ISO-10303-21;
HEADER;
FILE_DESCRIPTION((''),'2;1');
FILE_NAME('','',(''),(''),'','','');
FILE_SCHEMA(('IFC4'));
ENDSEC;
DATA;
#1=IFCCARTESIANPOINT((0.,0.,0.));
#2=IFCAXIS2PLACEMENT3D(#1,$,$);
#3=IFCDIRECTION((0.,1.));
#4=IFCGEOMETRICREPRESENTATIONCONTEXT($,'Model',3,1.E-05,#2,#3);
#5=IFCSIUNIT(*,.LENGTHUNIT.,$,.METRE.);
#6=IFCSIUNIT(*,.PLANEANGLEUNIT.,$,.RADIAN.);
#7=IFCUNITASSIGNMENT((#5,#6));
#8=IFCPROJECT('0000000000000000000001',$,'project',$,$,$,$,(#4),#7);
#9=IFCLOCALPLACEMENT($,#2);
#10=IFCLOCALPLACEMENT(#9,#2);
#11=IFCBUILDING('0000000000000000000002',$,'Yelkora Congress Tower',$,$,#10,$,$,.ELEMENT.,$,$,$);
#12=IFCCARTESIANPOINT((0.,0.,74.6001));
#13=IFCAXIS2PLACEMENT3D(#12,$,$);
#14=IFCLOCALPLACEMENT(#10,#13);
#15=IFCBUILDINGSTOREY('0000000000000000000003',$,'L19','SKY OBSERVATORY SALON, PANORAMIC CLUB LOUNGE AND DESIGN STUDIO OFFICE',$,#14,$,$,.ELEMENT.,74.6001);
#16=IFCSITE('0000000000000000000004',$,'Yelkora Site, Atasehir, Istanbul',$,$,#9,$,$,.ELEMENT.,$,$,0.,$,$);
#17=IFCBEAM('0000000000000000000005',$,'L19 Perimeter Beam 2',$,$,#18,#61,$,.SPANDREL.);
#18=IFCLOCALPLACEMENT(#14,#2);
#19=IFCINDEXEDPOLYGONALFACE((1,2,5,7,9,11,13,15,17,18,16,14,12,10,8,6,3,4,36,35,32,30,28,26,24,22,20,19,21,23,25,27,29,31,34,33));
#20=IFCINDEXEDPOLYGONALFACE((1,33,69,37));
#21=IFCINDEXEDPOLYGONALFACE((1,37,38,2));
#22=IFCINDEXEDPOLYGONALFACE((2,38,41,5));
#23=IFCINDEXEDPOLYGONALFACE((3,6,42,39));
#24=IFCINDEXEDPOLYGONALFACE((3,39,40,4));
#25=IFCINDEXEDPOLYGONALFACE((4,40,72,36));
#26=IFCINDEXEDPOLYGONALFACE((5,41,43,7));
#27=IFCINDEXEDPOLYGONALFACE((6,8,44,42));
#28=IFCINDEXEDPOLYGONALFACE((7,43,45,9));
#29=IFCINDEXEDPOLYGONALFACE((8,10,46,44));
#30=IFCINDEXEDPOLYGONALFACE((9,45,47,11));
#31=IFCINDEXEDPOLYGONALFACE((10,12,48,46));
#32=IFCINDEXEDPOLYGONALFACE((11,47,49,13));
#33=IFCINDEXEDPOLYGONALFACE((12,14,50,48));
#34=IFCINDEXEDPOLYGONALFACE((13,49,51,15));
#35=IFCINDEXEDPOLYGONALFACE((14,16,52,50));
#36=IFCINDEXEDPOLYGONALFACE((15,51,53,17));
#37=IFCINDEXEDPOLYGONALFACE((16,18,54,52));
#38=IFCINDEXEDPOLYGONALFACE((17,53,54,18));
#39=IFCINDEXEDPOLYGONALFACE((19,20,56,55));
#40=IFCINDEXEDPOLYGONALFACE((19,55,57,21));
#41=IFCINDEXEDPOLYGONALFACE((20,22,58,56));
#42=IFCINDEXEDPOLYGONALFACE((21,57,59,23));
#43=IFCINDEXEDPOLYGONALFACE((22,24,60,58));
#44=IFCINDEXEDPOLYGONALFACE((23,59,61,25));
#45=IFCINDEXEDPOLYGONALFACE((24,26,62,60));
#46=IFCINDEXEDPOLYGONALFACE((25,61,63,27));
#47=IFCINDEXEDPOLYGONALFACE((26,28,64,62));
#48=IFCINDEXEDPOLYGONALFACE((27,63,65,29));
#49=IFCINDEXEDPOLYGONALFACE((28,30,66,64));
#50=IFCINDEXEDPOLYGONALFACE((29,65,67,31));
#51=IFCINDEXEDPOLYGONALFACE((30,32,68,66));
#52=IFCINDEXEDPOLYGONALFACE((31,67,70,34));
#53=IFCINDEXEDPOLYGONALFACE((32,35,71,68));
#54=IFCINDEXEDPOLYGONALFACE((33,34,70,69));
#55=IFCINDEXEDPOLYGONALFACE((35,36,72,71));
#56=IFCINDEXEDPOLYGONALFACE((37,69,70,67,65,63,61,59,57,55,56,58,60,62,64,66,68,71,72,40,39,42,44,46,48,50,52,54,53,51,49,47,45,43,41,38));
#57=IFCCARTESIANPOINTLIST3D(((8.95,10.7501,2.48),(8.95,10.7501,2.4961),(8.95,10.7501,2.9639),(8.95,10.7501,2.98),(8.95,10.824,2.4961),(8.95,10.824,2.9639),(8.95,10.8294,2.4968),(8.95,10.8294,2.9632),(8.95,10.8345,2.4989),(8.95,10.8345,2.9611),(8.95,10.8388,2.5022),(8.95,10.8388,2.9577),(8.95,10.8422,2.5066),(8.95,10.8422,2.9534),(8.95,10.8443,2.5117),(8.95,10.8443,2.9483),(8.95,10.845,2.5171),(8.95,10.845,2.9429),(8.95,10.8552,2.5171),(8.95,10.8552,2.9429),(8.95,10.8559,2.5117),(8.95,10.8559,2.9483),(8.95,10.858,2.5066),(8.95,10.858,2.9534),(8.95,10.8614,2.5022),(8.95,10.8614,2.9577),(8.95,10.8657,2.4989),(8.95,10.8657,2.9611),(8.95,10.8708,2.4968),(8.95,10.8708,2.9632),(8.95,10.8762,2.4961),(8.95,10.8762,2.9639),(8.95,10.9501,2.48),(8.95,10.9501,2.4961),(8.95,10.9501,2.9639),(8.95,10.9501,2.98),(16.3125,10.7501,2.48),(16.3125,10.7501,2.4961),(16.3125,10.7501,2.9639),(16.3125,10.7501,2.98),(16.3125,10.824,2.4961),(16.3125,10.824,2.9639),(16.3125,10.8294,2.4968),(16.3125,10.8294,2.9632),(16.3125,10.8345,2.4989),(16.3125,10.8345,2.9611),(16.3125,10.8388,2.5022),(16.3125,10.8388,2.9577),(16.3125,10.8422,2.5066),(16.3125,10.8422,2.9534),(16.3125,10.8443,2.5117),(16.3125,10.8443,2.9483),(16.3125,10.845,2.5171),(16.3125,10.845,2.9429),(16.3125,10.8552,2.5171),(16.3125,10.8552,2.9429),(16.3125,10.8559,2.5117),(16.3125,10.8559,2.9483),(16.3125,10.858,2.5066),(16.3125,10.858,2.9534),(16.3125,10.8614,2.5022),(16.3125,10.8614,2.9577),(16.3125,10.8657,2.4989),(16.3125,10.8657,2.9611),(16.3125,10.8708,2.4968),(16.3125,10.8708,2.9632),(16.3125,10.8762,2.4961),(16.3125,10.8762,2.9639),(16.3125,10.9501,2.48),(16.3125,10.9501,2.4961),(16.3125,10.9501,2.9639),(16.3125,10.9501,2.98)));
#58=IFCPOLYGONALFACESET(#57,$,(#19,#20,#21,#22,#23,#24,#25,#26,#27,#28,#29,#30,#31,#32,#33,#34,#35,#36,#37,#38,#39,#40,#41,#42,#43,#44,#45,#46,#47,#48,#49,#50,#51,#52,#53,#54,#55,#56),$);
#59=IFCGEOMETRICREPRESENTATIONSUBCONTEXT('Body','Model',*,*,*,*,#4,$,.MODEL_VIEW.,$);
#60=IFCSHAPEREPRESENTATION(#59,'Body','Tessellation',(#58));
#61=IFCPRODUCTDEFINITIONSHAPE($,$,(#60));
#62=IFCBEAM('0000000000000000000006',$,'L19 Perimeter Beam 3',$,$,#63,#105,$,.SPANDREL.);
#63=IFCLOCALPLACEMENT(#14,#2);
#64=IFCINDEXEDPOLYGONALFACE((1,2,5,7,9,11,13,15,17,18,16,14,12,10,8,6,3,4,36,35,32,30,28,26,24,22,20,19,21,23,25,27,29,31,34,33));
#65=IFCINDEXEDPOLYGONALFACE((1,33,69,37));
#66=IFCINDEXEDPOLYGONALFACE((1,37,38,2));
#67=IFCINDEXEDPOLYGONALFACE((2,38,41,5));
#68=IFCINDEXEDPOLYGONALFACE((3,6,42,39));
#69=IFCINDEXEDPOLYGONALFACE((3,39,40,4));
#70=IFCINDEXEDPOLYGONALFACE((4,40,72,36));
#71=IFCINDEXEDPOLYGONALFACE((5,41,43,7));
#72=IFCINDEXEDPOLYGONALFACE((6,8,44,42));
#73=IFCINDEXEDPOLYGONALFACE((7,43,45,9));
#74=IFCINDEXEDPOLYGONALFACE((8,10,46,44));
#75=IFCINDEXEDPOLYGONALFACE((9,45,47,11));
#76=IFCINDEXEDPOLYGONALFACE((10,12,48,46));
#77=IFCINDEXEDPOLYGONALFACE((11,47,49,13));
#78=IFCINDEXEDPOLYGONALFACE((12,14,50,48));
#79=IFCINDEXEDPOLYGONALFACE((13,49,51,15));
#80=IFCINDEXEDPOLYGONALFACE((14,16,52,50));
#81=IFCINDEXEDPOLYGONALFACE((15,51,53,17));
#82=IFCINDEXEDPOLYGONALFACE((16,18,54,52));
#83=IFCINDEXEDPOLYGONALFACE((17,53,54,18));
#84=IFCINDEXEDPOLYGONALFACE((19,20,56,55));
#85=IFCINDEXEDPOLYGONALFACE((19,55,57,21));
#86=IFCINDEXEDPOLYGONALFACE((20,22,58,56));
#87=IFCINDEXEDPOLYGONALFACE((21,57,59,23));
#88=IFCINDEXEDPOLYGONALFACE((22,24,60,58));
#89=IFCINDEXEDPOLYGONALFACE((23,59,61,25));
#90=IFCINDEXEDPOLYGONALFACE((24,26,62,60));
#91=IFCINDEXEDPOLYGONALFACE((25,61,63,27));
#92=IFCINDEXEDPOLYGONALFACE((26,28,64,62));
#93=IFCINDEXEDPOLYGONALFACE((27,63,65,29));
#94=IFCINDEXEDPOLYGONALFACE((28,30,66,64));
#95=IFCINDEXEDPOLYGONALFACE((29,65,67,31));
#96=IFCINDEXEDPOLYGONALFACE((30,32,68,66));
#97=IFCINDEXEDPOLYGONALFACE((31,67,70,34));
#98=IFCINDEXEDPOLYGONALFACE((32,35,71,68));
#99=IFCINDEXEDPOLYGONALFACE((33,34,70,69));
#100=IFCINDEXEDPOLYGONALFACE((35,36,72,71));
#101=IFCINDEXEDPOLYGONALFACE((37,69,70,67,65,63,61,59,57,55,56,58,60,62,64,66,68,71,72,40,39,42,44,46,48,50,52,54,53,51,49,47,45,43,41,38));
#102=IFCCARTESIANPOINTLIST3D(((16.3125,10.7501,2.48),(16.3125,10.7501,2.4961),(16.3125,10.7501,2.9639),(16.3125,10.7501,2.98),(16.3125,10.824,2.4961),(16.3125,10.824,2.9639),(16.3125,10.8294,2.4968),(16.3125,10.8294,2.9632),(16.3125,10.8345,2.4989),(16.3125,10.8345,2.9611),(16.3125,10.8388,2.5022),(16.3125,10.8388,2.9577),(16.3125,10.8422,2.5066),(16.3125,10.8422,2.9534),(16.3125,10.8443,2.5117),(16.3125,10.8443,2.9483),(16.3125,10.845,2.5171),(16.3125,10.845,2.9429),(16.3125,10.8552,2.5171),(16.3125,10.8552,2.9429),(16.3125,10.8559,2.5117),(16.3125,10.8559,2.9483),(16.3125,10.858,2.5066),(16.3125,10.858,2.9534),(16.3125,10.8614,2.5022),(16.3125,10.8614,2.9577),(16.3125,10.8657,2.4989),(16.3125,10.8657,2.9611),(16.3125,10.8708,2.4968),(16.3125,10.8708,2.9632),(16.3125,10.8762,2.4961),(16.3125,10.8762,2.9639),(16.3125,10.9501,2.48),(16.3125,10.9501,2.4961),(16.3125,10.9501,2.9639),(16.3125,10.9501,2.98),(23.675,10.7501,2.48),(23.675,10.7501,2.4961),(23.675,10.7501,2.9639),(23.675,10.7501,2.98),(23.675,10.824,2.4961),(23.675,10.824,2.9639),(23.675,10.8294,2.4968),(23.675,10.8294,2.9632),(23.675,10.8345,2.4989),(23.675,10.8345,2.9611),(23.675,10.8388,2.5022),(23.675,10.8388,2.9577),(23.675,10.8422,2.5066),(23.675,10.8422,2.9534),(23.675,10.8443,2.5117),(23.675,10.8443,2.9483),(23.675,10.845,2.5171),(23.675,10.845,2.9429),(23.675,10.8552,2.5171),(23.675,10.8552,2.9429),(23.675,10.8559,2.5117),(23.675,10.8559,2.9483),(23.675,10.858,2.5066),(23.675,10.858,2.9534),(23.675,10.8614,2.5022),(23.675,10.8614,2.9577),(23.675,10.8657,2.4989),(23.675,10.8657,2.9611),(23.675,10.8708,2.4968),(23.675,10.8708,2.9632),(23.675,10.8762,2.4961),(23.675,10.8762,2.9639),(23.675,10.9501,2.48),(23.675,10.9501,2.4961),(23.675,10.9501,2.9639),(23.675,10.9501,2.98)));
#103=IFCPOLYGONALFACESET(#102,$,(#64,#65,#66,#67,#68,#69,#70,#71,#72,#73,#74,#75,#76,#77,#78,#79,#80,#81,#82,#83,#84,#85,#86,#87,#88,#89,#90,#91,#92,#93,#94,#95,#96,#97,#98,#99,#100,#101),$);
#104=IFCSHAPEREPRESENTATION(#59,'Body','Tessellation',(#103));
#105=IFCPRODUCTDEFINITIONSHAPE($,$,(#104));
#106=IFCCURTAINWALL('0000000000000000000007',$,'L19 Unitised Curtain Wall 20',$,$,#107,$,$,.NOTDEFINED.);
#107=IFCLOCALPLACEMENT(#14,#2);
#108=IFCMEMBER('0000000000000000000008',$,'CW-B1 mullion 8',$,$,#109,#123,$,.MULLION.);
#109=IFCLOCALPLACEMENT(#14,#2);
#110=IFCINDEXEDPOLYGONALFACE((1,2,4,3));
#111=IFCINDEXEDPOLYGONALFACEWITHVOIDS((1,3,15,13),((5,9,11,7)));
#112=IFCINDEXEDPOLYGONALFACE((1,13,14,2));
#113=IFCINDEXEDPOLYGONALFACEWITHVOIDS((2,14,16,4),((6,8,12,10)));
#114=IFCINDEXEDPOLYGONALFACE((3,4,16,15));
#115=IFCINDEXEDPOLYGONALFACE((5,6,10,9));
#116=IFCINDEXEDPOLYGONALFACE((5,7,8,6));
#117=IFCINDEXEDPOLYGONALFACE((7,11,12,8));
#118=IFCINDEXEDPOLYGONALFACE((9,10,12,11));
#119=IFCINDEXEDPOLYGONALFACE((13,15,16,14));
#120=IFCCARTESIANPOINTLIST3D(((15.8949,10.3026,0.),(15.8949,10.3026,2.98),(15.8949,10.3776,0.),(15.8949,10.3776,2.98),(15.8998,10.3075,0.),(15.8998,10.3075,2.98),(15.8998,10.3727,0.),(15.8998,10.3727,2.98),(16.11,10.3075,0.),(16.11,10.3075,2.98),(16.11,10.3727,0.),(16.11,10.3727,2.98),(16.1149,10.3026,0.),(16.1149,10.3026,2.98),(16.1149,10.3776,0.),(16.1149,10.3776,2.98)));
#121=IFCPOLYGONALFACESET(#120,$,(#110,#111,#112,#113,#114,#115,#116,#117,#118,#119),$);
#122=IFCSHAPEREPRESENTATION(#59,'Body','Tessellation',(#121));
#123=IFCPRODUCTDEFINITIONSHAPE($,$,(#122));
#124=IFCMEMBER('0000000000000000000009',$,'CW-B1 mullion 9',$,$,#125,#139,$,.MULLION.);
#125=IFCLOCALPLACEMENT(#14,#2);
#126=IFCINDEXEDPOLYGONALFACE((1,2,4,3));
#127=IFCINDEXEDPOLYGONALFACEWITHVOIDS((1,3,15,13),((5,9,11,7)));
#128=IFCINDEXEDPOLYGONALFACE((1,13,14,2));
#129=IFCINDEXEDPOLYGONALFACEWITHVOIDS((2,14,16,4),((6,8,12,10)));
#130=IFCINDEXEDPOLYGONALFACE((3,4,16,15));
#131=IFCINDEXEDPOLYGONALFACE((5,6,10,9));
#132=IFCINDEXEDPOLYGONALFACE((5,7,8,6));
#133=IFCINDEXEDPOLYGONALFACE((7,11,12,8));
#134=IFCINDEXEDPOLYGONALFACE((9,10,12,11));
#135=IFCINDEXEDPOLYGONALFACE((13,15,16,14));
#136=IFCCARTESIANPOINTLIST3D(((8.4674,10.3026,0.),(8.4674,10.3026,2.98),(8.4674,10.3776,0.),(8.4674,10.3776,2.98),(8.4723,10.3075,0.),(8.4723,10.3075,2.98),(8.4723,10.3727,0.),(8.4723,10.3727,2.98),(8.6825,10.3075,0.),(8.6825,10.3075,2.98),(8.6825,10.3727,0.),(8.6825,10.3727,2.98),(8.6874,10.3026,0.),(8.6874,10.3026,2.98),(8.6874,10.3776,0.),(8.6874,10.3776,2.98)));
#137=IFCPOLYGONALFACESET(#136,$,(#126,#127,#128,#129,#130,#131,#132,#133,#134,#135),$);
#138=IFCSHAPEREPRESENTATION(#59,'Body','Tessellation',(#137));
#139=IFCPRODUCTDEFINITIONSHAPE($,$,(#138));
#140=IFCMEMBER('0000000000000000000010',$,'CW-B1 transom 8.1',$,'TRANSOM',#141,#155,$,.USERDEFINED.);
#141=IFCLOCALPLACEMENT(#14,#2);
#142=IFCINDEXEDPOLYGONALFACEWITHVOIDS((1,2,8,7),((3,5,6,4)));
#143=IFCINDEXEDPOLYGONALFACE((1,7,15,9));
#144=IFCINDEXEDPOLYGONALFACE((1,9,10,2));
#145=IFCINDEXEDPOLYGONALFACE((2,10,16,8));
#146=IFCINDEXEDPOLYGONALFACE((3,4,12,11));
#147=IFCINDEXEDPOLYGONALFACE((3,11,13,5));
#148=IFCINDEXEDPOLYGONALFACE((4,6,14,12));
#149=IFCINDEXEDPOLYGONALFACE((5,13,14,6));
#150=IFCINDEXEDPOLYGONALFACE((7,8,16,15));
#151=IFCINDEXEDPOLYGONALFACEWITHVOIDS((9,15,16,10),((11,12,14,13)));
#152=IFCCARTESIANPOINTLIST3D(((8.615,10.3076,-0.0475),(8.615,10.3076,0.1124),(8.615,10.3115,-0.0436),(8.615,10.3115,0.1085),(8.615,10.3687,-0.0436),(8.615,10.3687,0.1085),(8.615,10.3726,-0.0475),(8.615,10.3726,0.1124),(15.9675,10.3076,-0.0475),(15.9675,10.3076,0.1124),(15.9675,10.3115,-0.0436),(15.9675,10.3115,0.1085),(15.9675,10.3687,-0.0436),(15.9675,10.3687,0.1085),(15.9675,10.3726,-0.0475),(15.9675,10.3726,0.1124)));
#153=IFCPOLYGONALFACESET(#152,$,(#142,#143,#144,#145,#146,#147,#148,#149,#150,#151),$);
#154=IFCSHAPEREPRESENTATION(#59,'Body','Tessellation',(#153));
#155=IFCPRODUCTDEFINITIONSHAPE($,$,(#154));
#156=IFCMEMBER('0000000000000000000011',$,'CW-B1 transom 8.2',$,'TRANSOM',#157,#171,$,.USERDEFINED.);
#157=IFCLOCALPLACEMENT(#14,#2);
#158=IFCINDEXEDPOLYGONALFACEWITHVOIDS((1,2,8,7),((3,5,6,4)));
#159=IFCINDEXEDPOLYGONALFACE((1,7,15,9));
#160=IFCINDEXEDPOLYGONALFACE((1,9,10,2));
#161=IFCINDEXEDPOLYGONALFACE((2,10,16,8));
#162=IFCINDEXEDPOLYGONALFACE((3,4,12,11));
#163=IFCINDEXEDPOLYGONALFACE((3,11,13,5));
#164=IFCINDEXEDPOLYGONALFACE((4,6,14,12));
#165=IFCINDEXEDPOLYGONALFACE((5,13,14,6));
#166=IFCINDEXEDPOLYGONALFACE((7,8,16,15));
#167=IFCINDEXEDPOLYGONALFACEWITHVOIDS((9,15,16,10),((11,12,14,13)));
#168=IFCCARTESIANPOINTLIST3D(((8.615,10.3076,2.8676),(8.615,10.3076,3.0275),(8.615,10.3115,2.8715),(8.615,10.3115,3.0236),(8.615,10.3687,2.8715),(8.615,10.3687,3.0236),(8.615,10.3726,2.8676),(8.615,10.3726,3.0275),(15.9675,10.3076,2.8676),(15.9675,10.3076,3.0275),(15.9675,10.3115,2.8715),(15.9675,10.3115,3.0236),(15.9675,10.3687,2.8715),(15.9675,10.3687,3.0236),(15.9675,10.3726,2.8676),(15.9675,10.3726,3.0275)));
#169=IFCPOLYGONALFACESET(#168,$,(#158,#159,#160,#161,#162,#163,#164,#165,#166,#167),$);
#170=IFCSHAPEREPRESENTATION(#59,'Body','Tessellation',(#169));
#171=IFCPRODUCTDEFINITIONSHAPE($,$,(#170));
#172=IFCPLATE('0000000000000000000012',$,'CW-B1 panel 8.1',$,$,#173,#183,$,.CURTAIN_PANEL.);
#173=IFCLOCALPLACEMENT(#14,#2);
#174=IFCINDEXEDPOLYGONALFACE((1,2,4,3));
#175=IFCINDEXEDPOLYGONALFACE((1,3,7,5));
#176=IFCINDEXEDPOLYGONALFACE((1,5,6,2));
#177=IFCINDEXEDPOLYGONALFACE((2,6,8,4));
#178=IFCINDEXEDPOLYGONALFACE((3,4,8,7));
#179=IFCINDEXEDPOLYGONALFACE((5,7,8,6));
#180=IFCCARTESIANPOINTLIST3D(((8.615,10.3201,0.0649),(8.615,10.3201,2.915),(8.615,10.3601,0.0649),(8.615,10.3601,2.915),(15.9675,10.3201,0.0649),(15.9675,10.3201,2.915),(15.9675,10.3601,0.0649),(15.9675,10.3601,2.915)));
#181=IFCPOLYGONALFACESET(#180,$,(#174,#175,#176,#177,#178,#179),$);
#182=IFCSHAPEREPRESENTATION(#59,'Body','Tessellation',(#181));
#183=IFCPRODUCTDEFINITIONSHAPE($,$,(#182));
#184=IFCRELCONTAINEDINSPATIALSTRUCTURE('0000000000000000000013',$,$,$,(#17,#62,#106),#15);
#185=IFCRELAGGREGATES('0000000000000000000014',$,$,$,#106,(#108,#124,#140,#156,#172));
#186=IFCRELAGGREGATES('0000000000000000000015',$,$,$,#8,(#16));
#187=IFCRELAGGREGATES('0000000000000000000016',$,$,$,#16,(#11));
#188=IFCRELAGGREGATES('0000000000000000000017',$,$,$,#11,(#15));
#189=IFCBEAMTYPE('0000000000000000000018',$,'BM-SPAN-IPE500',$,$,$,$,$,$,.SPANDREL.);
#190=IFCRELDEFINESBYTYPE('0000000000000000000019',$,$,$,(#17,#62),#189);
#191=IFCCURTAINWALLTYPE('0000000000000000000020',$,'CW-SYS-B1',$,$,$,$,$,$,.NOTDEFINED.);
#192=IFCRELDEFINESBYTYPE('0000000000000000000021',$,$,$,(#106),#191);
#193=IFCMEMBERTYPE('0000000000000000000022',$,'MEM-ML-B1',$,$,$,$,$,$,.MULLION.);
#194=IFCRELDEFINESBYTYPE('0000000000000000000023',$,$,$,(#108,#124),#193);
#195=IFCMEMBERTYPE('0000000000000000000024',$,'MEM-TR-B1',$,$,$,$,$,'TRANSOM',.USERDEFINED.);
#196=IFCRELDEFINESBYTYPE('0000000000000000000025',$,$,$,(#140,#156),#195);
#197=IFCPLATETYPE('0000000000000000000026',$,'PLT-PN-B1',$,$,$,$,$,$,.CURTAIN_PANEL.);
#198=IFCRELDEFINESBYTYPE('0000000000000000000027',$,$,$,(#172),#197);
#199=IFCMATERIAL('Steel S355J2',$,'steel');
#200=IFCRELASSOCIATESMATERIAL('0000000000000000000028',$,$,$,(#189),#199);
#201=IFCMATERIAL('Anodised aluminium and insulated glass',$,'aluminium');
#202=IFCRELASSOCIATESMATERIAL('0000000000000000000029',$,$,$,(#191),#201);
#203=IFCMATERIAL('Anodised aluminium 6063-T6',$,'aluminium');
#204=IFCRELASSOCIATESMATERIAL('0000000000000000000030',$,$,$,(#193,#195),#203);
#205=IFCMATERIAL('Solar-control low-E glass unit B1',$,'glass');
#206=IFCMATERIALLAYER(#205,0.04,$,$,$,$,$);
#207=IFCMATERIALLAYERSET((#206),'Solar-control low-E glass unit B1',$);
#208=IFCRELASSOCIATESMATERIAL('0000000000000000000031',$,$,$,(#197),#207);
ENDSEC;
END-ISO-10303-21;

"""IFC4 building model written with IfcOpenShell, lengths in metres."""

from ifc_helpers import new_model, si_unit, direction, frame, origin, origin_2d, place, context, subcontext, project, spatial, rectangle, hollow_rectangle, i_section, extrude, material, layer, layer_set, material_profile, profile_set, type_object, element, aggregate, save


model = new_model("IFC4")

# Units and contexts
model_context = context("Model", 3, precision=1e-05, world=origin(), true_north=direction((0.0, 1.0)))
body_context = subcontext(model_context, "Body", "Model", "MODEL_VIEW")
ifc_project = project(units=[si_unit("LENGTHUNIT", "METRE"), si_unit("PLANEANGLEUNIT", "RADIAN")], contexts=[model_context])

# Site, building, storey
site_placement = place(None, origin())
site = spatial("IfcSite", under=ifc_project, at=site_placement, Name="Yelkora Site, Atasehir, Istanbul", CompositionType="ELEMENT", RefElevation=0.0)
building_placement = place(site_placement, origin())
building = spatial("IfcBuilding", under=site, at=building_placement, Name="Yelkora Congress Tower", CompositionType="ELEMENT")
storey_placement = place(building_placement, frame((0.0, 0.0, 74.6001)))
storey = spatial("IfcBuildingStorey", under=building, at=storey_placement, Name="L19", Description="SKY OBSERVATORY SALON, PANORAMIC CLUB LOUNGE AND DESIGN STUDIO OFFICE", CompositionType="ELEMENT", Elevation=74.6001)

# Beams
ifc_material_1 = material(Name="Steel S355J2", Category="steel")
ifc_material_profile_1 = material_profile(ifc_material_1, i_section(OverallWidth=0.2, OverallDepth=0.5, WebThickness=0.0103, FlangeThickness=0.0161, FilletRadius=0.021, at=origin_2d()), Name="IPE 500")
ifc_profile_set_1 = profile_set([ifc_material_profile_1], Name="Steel S355J2")
beam_type_1 = type_object("IfcBeamType", Name="BM-SPAN-IPE500", PredefinedType="SPANDREL", material=ifc_profile_set_1)
for number, where, z_axis, x_axis, name in (
    (1, (8.95, 10.8501, 2.73), (1.0, 0.0, 0.0), (0.0, 1.0, 0.0), "L19 Perimeter Beam 2"),
    (2, (16.3125, 10.8501, 2.73), (1.0, 0.0, 0.0), (0.0, 1.0, 0.0), "L19 Perimeter Beam 3"),
):
    element("IfcBeam", number, at=place(storey_placement, frame(where, z_axis=z_axis, x_axis=x_axis)), inside=storey, type_object=beam_type_1, Name=name, PredefinedType="SPANDREL", context=body_context, shape_type="SweptSolid", body=[
        extrude(i_section(OverallWidth=0.2, OverallDepth=0.5, WebThickness=0.0103, FlangeThickness=0.0161, FilletRadius=0.021, at=origin_2d()), origin(), (0.0, 0.0, 1.0), 7.3625),
    ])

# Curtain wall, members, plate
ifc_material_2 = material(Name="Anodised aluminium and insulated glass", Category="aluminium")
curtain_wall_type = type_object("IfcCurtainWallType", Name="CW-SYS-B1", PredefinedType="NOTDEFINED", material=ifc_material_2)
curtain_wall_placement = place(storey_placement, origin())
curtain_wall = element("IfcCurtainWall", 3, at=curtain_wall_placement, inside=storey, type_object=curtain_wall_type, Name="L19 Unitised Curtain Wall 20", PredefinedType="NOTDEFINED")
ifc_material_3 = material(Name="Anodised aluminium 6063-T6", Category="aluminium")
ifc_material_profile_2 = material_profile(ifc_material_3, hollow_rectangle(XDim=0.075, YDim=0.22, WallThickness=0.0049, at=origin_2d()), Name="ALU 75x220x5")
ifc_profile_set_2 = profile_set([ifc_material_profile_2], Name="Anodised aluminium 6063-T6")
member_type_1 = type_object("IfcMemberType", Name="MEM-ML-B1", PredefinedType="MULLION", material=ifc_profile_set_2)
member_1_placement = place(storey_placement, frame((16.0049, 10.3401, 0.0), z_axis=(0.0, 0.0, 1.0), x_axis=(0.0, -1.0, 0.0)))
member_1 = element("IfcMember", 4, at=member_1_placement, type_object=member_type_1, Name="CW-B1 mullion 8", PredefinedType="MULLION", context=body_context, shape_type="SweptSolid", body=[
    extrude(hollow_rectangle(XDim=0.075, YDim=0.22, WallThickness=0.0049, at=origin_2d()), origin(), (0.0, 0.0, 1.0), 2.98),
])
member_2_placement = place(storey_placement, frame((8.5774, 10.3401, 0.0), z_axis=(0.0, 0.0, 1.0), x_axis=(0.0, -1.0, 0.0)))
member_2 = element("IfcMember", 5, at=member_2_placement, type_object=member_type_1, Name="CW-B1 mullion 9", PredefinedType="MULLION", context=body_context, shape_type="SweptSolid", body=[
    extrude(hollow_rectangle(XDim=0.075, YDim=0.22, WallThickness=0.0049, at=origin_2d()), origin(), (0.0, 0.0, 1.0), 2.98),
])
ifc_material_profile_3 = material_profile(ifc_material_3, hollow_rectangle(XDim=0.0649, YDim=0.1599, WallThickness=0.0039, at=origin_2d()), Name="ALU 65x160x4")
ifc_profile_set_3 = profile_set([ifc_material_profile_3], Name="Anodised aluminium 6063-T6")
member_type_2 = type_object("IfcMemberType", Name="MEM-TR-B1", ElementType="TRANSOM", PredefinedType="USERDEFINED", material=ifc_profile_set_3)
member_3_placement = place(storey_placement, frame((15.9675, 10.3401, 0.0325), z_axis=(-1.0, 0.0, 0.0), x_axis=(0.0, -1.0, 0.0)))
member_3 = element("IfcMember", 6, at=member_3_placement, type_object=member_type_2, Name="CW-B1 transom 8.1", ObjectType="TRANSOM", PredefinedType="USERDEFINED", context=body_context, shape_type="SweptSolid", body=[
    extrude(hollow_rectangle(XDim=0.0649, YDim=0.1599, WallThickness=0.0039, at=origin_2d()), origin(), (0.0, 0.0, 1.0), 7.3525),
])
member_4_placement = place(storey_placement, frame((15.9675, 10.3401, 2.9475), z_axis=(-1.0, 0.0, 0.0), x_axis=(0.0, -1.0, 0.0)))
member_4 = element("IfcMember", 7, at=member_4_placement, type_object=member_type_2, Name="CW-B1 transom 8.2", ObjectType="TRANSOM", PredefinedType="USERDEFINED", context=body_context, shape_type="SweptSolid", body=[
    extrude(hollow_rectangle(XDim=0.0649, YDim=0.1599, WallThickness=0.0039, at=origin_2d()), origin(), (0.0, 0.0, 1.0), 7.3525),
])
ifc_material_4 = material(Name="Solar-control low-E glass unit B1", Category="glass")
ifc_layer_1 = layer(ifc_material_4, 0.04)
ifc_layer_set_1 = layer_set([ifc_layer_1], Name="Solar-control low-E glass unit B1")
plate_type = type_object("IfcPlateType", Name="PLT-PN-B1", PredefinedType="CURTAIN_PANEL", material=ifc_layer_set_1)
plate_placement = place(storey_placement, frame((12.2913, 10.3401, 0.0649), z_axis=(0.0, 0.0, 1.0), x_axis=(-1.0, 0.0, 0.0)))
plate = element("IfcPlate", 8, at=plate_placement, type_object=plate_type, Name="CW-B1 panel 8.1", PredefinedType="CURTAIN_PANEL", context=body_context, shape_type="SweptSolid", body=[
    extrude(rectangle(XDim=7.3525, YDim=0.04, at=origin_2d()), origin(), (0.0, 0.0, 1.0), 2.8501),
])
aggregate(curtain_wall, [member_1, member_2, member_3, member_4, plate])

save(model, "model.ifc")
